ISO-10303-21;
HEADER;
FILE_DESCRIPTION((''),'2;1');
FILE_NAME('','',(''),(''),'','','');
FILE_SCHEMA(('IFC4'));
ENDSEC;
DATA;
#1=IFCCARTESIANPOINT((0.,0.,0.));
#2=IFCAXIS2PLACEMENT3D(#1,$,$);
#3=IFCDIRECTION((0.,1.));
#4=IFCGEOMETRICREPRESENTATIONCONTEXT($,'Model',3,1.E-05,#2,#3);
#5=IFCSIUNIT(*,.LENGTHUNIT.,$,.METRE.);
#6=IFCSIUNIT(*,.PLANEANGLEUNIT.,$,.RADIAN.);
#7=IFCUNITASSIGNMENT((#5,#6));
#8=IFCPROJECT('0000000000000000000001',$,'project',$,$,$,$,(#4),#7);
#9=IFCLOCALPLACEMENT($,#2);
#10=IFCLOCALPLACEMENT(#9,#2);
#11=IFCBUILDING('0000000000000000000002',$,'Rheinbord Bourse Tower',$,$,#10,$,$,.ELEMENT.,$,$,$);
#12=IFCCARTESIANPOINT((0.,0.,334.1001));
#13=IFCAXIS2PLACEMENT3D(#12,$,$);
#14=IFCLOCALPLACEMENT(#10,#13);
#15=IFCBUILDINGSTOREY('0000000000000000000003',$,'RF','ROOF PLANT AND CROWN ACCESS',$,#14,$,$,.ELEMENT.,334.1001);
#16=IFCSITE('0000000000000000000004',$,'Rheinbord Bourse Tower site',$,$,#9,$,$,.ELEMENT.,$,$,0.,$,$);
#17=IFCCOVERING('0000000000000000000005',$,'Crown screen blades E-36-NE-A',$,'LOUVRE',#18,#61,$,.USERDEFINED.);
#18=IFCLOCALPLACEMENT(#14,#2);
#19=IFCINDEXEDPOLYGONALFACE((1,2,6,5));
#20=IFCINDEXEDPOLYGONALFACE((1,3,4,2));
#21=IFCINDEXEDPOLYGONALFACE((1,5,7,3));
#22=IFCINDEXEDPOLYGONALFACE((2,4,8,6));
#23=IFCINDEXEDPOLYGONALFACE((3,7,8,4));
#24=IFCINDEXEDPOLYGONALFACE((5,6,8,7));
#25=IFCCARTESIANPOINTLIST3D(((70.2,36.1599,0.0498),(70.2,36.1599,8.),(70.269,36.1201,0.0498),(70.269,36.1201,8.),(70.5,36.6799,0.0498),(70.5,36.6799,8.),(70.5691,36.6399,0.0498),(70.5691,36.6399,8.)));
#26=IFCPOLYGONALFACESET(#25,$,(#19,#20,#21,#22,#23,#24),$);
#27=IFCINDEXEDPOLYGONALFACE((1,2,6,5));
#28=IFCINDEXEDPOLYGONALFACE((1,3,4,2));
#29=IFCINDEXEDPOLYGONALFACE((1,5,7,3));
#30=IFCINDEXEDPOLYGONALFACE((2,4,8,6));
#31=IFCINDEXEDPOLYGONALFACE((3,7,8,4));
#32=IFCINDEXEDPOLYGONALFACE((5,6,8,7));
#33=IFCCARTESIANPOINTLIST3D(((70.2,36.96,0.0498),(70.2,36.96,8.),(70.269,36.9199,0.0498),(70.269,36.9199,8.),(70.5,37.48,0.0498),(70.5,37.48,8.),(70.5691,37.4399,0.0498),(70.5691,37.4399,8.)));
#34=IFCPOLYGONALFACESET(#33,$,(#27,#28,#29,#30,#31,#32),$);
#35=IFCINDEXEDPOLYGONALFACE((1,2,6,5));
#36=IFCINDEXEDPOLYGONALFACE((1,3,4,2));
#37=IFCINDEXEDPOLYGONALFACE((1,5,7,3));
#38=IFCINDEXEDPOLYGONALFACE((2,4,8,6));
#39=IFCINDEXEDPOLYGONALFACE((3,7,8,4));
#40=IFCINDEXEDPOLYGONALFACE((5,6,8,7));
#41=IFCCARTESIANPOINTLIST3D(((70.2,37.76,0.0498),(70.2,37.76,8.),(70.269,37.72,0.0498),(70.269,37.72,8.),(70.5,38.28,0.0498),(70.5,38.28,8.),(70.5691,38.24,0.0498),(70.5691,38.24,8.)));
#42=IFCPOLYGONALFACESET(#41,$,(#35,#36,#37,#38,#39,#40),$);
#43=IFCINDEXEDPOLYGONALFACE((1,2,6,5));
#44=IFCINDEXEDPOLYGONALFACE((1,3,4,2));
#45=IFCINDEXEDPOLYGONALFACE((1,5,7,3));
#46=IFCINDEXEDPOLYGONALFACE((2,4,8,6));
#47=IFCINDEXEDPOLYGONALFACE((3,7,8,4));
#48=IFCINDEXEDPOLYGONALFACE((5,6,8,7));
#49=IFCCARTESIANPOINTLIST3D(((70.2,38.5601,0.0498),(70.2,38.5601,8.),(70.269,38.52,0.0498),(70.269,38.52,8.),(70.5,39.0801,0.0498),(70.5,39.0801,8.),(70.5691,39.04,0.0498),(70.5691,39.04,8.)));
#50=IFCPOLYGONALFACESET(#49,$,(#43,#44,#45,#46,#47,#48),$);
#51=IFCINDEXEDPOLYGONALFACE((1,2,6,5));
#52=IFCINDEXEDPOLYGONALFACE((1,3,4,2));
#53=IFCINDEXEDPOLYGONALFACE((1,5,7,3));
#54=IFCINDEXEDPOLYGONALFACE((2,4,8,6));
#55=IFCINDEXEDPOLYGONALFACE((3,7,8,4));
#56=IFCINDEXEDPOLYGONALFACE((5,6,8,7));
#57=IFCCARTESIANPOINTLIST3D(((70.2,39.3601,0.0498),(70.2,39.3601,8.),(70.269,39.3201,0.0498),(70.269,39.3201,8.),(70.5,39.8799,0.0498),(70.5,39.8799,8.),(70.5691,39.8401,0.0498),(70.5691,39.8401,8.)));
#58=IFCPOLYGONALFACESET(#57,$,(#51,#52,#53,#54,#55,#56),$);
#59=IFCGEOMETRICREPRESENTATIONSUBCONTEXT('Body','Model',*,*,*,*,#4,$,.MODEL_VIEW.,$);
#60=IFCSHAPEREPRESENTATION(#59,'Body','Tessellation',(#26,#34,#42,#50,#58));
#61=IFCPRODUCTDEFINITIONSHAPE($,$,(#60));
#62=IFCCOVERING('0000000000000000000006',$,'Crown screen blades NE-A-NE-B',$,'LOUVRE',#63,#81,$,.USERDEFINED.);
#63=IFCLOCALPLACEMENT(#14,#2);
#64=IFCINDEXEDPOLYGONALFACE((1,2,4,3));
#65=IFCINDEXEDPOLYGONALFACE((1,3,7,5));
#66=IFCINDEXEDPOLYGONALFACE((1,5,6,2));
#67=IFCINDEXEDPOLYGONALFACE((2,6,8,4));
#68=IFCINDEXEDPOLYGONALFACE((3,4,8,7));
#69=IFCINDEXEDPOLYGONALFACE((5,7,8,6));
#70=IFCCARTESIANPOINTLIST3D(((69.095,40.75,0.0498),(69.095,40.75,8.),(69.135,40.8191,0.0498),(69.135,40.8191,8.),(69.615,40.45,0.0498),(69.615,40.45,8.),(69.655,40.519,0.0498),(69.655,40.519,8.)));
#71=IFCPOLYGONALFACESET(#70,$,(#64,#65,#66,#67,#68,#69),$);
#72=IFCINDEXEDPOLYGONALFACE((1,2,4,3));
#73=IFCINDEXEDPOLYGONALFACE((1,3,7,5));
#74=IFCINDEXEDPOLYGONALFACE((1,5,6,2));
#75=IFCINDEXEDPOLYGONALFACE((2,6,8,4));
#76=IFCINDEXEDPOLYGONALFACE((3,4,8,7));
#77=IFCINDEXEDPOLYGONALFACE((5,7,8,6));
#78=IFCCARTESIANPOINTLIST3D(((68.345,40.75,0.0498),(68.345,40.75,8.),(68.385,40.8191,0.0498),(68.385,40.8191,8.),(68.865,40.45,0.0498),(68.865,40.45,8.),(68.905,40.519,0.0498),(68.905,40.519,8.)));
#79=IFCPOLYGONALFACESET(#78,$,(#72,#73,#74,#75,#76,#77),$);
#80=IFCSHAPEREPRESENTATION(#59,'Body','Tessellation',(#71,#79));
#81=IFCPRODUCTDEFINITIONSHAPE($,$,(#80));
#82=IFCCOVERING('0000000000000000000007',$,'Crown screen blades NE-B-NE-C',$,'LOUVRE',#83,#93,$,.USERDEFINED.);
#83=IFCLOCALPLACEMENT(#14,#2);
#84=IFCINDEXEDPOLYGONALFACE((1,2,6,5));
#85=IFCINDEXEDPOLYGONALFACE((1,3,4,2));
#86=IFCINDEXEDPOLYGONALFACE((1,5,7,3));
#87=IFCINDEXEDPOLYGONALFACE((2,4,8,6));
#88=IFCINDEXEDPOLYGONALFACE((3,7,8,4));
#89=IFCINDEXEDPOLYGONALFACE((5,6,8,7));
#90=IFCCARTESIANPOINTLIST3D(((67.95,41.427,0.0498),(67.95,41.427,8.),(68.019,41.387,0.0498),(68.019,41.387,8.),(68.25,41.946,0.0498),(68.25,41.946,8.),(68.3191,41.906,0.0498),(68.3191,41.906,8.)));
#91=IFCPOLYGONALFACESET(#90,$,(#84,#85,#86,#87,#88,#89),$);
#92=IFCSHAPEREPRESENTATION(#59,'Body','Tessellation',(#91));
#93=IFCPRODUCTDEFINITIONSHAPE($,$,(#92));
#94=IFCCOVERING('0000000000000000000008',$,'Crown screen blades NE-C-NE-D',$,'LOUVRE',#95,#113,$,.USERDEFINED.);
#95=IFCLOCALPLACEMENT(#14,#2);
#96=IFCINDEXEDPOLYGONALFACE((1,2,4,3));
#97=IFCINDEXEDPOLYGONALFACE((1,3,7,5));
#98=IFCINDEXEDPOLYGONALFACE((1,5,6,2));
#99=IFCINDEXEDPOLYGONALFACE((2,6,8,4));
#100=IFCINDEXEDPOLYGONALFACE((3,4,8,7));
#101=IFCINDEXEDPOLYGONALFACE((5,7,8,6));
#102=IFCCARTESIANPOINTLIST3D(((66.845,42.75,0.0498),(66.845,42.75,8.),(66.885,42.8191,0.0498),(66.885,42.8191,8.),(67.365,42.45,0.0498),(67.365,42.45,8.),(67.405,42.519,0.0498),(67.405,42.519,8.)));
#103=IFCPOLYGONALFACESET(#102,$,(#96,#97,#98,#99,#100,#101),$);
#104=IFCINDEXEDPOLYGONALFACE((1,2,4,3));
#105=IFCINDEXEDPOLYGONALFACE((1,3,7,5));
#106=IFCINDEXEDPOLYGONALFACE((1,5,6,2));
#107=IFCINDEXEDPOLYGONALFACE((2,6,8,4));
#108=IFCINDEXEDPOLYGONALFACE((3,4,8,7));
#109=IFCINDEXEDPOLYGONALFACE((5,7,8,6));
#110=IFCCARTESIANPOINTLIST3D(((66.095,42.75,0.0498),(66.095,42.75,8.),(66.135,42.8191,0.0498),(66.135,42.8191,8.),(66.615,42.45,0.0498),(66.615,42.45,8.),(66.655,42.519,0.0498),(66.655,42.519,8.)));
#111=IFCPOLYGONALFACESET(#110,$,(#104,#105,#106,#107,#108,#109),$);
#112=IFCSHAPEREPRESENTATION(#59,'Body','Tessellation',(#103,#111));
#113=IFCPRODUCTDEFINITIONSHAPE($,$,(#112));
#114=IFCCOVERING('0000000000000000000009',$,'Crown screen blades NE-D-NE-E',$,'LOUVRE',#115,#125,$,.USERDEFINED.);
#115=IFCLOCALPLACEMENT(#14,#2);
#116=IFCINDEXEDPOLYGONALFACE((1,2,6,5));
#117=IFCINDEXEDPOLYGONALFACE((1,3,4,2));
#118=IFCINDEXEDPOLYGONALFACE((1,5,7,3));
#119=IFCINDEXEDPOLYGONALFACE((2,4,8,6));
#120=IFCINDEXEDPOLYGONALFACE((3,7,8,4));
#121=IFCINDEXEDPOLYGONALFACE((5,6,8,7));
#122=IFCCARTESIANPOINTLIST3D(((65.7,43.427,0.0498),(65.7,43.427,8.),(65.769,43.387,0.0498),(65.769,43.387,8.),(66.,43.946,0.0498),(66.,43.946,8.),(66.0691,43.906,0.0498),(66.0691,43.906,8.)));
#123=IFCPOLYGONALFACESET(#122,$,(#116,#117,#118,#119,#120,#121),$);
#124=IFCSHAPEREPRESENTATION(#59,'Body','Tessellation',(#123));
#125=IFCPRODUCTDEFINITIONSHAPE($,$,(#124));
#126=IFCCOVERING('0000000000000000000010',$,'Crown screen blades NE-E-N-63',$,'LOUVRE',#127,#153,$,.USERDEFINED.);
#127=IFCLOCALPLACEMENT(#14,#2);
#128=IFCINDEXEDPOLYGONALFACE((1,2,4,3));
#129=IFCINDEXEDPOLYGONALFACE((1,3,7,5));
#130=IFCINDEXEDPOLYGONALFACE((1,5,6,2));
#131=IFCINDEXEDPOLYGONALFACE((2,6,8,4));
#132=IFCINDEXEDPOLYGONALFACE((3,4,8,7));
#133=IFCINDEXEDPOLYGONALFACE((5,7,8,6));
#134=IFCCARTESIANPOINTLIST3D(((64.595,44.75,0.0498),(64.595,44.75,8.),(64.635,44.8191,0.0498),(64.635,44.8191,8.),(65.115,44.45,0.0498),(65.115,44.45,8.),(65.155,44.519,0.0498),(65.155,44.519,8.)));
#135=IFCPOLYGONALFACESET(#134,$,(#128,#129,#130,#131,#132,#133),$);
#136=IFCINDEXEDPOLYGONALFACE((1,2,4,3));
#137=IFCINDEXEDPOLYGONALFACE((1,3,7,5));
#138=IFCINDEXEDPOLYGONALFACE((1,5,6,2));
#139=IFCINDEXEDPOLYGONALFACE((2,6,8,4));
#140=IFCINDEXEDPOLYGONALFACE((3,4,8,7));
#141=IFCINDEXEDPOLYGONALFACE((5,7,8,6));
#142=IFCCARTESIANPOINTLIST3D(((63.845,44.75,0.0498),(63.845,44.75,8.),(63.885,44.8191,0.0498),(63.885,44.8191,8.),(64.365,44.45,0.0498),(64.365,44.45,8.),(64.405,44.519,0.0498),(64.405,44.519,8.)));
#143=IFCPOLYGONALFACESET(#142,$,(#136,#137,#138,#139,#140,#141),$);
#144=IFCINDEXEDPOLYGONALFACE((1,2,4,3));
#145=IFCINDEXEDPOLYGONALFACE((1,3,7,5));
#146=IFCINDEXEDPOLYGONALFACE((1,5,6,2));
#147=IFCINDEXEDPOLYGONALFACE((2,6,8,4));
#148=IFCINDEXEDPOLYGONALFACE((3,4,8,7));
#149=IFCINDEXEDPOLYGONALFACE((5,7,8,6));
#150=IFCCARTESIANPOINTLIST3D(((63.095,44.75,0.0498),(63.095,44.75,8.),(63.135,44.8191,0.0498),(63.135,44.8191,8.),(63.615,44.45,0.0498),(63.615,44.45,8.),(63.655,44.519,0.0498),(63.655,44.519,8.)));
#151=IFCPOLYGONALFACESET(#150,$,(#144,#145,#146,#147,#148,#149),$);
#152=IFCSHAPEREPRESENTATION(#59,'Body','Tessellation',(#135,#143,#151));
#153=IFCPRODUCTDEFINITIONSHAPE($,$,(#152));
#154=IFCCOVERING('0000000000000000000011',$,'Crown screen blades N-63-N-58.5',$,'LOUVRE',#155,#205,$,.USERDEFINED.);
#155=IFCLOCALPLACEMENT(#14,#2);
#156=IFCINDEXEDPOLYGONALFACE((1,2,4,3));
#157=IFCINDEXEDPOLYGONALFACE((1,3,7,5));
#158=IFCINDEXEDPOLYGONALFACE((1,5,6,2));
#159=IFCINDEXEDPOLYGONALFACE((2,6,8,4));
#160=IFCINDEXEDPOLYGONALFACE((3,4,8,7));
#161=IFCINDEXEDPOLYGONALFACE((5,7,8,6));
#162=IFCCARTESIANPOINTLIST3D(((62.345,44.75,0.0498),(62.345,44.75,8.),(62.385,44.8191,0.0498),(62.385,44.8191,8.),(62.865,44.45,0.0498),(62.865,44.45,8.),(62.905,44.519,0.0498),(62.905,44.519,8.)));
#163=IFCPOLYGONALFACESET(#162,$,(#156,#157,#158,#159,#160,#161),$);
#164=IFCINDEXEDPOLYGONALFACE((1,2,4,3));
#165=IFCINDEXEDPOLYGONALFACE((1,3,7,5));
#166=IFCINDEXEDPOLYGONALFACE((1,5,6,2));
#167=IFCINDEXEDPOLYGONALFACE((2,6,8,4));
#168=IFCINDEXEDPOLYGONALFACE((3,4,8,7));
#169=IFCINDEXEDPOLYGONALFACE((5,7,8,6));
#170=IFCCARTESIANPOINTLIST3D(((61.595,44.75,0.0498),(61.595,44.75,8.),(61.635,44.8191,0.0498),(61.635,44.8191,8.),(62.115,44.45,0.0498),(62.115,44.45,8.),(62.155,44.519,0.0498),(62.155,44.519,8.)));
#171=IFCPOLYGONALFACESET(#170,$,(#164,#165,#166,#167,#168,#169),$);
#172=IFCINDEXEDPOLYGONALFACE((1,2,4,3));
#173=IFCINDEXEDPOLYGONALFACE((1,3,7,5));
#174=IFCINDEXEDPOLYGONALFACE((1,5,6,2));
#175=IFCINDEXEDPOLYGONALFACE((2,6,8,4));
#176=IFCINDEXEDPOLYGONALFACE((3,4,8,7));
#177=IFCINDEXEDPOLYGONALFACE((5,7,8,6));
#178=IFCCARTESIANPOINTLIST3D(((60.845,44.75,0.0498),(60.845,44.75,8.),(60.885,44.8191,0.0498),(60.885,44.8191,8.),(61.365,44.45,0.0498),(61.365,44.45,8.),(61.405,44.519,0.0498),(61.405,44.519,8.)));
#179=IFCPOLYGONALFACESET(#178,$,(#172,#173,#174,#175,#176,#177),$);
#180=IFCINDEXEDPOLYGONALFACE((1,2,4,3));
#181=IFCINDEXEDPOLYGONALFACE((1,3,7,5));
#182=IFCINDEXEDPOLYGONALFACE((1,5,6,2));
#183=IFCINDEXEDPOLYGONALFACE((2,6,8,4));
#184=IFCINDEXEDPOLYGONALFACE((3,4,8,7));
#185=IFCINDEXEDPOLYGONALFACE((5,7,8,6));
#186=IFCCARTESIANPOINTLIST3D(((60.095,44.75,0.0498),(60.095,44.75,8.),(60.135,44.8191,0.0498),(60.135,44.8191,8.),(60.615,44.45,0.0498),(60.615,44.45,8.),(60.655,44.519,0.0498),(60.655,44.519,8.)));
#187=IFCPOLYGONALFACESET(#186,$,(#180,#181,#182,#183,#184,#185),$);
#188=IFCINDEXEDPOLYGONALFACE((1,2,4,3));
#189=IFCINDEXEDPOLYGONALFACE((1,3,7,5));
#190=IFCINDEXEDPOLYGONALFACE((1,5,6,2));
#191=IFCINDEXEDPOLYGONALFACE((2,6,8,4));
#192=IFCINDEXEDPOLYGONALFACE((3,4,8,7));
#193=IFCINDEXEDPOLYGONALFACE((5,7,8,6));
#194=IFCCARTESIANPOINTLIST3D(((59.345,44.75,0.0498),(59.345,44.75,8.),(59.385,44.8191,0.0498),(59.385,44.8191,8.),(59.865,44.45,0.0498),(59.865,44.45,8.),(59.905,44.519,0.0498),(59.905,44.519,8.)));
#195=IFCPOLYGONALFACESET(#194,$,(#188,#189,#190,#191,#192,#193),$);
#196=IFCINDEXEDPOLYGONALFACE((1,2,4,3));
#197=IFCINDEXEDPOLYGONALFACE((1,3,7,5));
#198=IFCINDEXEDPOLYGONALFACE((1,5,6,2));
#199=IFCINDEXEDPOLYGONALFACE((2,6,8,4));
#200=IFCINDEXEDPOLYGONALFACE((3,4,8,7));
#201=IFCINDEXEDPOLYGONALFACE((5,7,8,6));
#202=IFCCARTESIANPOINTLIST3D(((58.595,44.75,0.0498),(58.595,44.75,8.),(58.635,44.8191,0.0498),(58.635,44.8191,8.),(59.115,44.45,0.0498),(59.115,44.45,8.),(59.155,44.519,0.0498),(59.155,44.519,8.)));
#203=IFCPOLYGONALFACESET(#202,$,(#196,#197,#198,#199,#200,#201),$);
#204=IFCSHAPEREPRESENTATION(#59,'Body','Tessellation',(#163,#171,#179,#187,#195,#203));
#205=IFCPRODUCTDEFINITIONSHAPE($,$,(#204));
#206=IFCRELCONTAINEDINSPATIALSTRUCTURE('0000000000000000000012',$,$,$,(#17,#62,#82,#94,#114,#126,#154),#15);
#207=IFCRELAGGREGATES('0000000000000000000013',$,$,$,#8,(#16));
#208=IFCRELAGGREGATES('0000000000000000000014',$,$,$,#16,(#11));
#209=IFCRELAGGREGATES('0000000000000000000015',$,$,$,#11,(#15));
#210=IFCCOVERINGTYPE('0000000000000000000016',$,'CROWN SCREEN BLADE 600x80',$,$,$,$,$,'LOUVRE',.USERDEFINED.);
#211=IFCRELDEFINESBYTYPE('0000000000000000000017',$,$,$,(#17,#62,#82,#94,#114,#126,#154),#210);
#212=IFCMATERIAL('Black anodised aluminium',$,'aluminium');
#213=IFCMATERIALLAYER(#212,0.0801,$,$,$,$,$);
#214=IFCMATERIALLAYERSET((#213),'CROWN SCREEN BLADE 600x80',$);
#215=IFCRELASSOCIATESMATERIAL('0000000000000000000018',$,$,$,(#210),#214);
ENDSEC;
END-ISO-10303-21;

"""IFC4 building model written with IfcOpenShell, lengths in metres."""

from ifc_helpers import new_model, si_unit, direction, frame, origin, place, context, subcontext, project, spatial, polyline, outline, extrude, material, layer, layer_set, type_object, element, save


model = new_model("IFC4")

# Units and contexts
model_context = context("Model", 3, precision=1e-05, world=origin(), true_north=direction((0.0, 1.0)))
body_context = subcontext(model_context, "Body", "Model", "MODEL_VIEW")
ifc_project = project(units=[si_unit("LENGTHUNIT", "METRE"), si_unit("PLANEANGLEUNIT", "RADIAN")], contexts=[model_context])

# Site, building, storey
site_placement = place(None, origin())
site = spatial("IfcSite", under=ifc_project, at=site_placement, Name="Rheinbord Bourse Tower site", CompositionType="ELEMENT", RefElevation=0.0)
building_placement = place(site_placement, origin())
building = spatial("IfcBuilding", under=site, at=building_placement, Name="Rheinbord Bourse Tower", CompositionType="ELEMENT")
storey_placement = place(building_placement, frame((0.0, 0.0, 334.1001)))
storey = spatial("IfcBuildingStorey", under=building, at=storey_placement, Name="RF", Description="ROOF PLANT AND CROWN ACCESS", CompositionType="ELEMENT", Elevation=334.1001)

# Coverings
ifc_material_1 = material(Name="Black anodised aluminium", Category="aluminium")
ifc_layer_1 = layer(ifc_material_1, 0.0801)
ifc_layer_set_1 = layer_set([ifc_layer_1], Name="CROWN SCREEN BLADE 600x80")
covering_type_1 = type_object("IfcCoveringType", Name="CROWN SCREEN BLADE 600x80", ElementType="LOUVRE", PredefinedType="USERDEFINED", material=ifc_layer_set_1)
covering_1_placement = place(storey_placement, frame((0.0, 0.0, 0.0498)))
element("IfcCovering", 1, at=covering_1_placement, inside=storey, type_object=covering_type_1, Name="Crown screen blades E-36-NE-A", ObjectType="LOUVRE", PredefinedType="USERDEFINED", context=body_context, shape_type="SweptSolid", body=[
    extrude(outline(polyline([(70.2, 36.1599), (70.5, 36.6799), (70.5691, 36.6399), (70.269, 36.1201), (70.2, 36.1599)])), origin(), (0.0, 0.0, 1.0), 7.9502),
    extrude(outline(polyline([(70.2, 36.96), (70.5, 37.48), (70.5691, 37.4399), (70.269, 36.9199), (70.2, 36.96)])), origin(), (0.0, 0.0, 1.0), 7.9502),
    extrude(outline(polyline([(70.2, 37.76), (70.5, 38.28), (70.5691, 38.24), (70.269, 37.72), (70.2, 37.76)])), origin(), (0.0, 0.0, 1.0), 7.9502),
    extrude(outline(polyline([(70.2, 38.5601), (70.5, 39.0801), (70.5691, 39.04), (70.269, 38.52), (70.2, 38.5601)])), origin(), (0.0, 0.0, 1.0), 7.9502),
    extrude(outline(polyline([(70.2, 39.3601), (70.5, 39.8799), (70.5691, 39.8401), (70.269, 39.3201), (70.2, 39.3601)])), origin(), (0.0, 0.0, 1.0), 7.9502),
])
covering_2_placement = place(storey_placement, frame((0.0, 0.0, 0.0498)))
element("IfcCovering", 2, at=covering_2_placement, inside=storey, type_object=covering_type_1, Name="Crown screen blades NE-A-NE-B", ObjectType="LOUVRE", PredefinedType="USERDEFINED", context=body_context, shape_type="SweptSolid", body=[
    extrude(outline(polyline([(69.615, 40.45), (69.095, 40.75), (69.135, 40.8191), (69.655, 40.519), (69.615, 40.45)])), origin(), (0.0, 0.0, 1.0), 7.9502),
    extrude(outline(polyline([(68.865, 40.45), (68.345, 40.75), (68.385, 40.8191), (68.905, 40.519), (68.865, 40.45)])), origin(), (0.0, 0.0, 1.0), 7.9502),
])
covering_3_placement = place(storey_placement, frame((0.0, 0.0, 0.0498)))
element("IfcCovering", 3, at=covering_3_placement, inside=storey, type_object=covering_type_1, Name="Crown screen blades NE-B-NE-C", ObjectType="LOUVRE", PredefinedType="USERDEFINED", context=body_context, shape_type="SweptSolid", body=[
    extrude(outline(polyline([(67.95, 41.427), (68.25, 41.946), (68.3191, 41.906), (68.019, 41.387), (67.95, 41.427)])), origin(), (0.0, 0.0, 1.0), 7.9502),
])
covering_4_placement = place(storey_placement, frame((0.0, 0.0, 0.0498)))
element("IfcCovering", 4, at=covering_4_placement, inside=storey, type_object=covering_type_1, Name="Crown screen blades NE-C-NE-D", ObjectType="LOUVRE", PredefinedType="USERDEFINED", context=body_context, shape_type="SweptSolid", body=[
    extrude(outline(polyline([(67.365, 42.45), (66.845, 42.75), (66.885, 42.8191), (67.405, 42.519), (67.365, 42.45)])), origin(), (0.0, 0.0, 1.0), 7.9502),
    extrude(outline(polyline([(66.615, 42.45), (66.095, 42.75), (66.135, 42.8191), (66.655, 42.519), (66.615, 42.45)])), origin(), (0.0, 0.0, 1.0), 7.9502),
])
covering_5_placement = place(storey_placement, frame((0.0, 0.0, 0.0498)))
element("IfcCovering", 5, at=covering_5_placement, inside=storey, type_object=covering_type_1, Name="Crown screen blades NE-D-NE-E", ObjectType="LOUVRE", PredefinedType="USERDEFINED", context=body_context, shape_type="SweptSolid", body=[
    extrude(outline(polyline([(65.7, 43.427), (66.0, 43.946), (66.0691, 43.906), (65.769, 43.387), (65.7, 43.427)])), origin(), (0.0, 0.0, 1.0), 7.9502),
])
covering_6_placement = place(storey_placement, frame((0.0, 0.0, 0.0498)))
element("IfcCovering", 6, at=covering_6_placement, inside=storey, type_object=covering_type_1, Name="Crown screen blades NE-E-N-63", ObjectType="LOUVRE", PredefinedType="USERDEFINED", context=body_context, shape_type="SweptSolid", body=[
    extrude(outline(polyline([(65.115, 44.45), (64.595, 44.75), (64.635, 44.8191), (65.155, 44.519), (65.115, 44.45)])), origin(), (0.0, 0.0, 1.0), 7.9502),
    extrude(outline(polyline([(64.365, 44.45), (63.845, 44.75), (63.885, 44.8191), (64.405, 44.519), (64.365, 44.45)])), origin(), (0.0, 0.0, 1.0), 7.9502),
    extrude(outline(polyline([(63.615, 44.45), (63.095, 44.75), (63.135, 44.8191), (63.655, 44.519), (63.615, 44.45)])), origin(), (0.0, 0.0, 1.0), 7.9502),
])
covering_7_placement = place(storey_placement, frame((0.0, 0.0, 0.0498)))
element("IfcCovering", 7, at=covering_7_placement, inside=storey, type_object=covering_type_1, Name="Crown screen blades N-63-N-58.5", ObjectType="LOUVRE", PredefinedType="USERDEFINED", context=body_context, shape_type="SweptSolid", body=[
    extrude(outline(polyline([(62.865, 44.45), (62.345, 44.75), (62.385, 44.8191), (62.905, 44.519), (62.865, 44.45)])), origin(), (0.0, 0.0, 1.0), 7.9502),
    extrude(outline(polyline([(62.115, 44.45), (61.595, 44.75), (61.635, 44.8191), (62.155, 44.519), (62.115, 44.45)])), origin(), (0.0, 0.0, 1.0), 7.9502),
    extrude(outline(polyline([(61.365, 44.45), (60.845, 44.75), (60.885, 44.8191), (61.405, 44.519), (61.365, 44.45)])), origin(), (0.0, 0.0, 1.0), 7.9502),
    extrude(outline(polyline([(60.615, 44.45), (60.095, 44.75), (60.135, 44.8191), (60.655, 44.519), (60.615, 44.45)])), origin(), (0.0, 0.0, 1.0), 7.9502),
    extrude(outline(polyline([(59.865, 44.45), (59.345, 44.75), (59.385, 44.8191), (59.905, 44.519), (59.865, 44.45)])), origin(), (0.0, 0.0, 1.0), 7.9502),
    extrude(outline(polyline([(59.115, 44.45), (58.595, 44.75), (58.635, 44.8191), (59.155, 44.519), (59.115, 44.45)])), origin(), (0.0, 0.0, 1.0), 7.9502),
])

save(model, "model.ifc")
